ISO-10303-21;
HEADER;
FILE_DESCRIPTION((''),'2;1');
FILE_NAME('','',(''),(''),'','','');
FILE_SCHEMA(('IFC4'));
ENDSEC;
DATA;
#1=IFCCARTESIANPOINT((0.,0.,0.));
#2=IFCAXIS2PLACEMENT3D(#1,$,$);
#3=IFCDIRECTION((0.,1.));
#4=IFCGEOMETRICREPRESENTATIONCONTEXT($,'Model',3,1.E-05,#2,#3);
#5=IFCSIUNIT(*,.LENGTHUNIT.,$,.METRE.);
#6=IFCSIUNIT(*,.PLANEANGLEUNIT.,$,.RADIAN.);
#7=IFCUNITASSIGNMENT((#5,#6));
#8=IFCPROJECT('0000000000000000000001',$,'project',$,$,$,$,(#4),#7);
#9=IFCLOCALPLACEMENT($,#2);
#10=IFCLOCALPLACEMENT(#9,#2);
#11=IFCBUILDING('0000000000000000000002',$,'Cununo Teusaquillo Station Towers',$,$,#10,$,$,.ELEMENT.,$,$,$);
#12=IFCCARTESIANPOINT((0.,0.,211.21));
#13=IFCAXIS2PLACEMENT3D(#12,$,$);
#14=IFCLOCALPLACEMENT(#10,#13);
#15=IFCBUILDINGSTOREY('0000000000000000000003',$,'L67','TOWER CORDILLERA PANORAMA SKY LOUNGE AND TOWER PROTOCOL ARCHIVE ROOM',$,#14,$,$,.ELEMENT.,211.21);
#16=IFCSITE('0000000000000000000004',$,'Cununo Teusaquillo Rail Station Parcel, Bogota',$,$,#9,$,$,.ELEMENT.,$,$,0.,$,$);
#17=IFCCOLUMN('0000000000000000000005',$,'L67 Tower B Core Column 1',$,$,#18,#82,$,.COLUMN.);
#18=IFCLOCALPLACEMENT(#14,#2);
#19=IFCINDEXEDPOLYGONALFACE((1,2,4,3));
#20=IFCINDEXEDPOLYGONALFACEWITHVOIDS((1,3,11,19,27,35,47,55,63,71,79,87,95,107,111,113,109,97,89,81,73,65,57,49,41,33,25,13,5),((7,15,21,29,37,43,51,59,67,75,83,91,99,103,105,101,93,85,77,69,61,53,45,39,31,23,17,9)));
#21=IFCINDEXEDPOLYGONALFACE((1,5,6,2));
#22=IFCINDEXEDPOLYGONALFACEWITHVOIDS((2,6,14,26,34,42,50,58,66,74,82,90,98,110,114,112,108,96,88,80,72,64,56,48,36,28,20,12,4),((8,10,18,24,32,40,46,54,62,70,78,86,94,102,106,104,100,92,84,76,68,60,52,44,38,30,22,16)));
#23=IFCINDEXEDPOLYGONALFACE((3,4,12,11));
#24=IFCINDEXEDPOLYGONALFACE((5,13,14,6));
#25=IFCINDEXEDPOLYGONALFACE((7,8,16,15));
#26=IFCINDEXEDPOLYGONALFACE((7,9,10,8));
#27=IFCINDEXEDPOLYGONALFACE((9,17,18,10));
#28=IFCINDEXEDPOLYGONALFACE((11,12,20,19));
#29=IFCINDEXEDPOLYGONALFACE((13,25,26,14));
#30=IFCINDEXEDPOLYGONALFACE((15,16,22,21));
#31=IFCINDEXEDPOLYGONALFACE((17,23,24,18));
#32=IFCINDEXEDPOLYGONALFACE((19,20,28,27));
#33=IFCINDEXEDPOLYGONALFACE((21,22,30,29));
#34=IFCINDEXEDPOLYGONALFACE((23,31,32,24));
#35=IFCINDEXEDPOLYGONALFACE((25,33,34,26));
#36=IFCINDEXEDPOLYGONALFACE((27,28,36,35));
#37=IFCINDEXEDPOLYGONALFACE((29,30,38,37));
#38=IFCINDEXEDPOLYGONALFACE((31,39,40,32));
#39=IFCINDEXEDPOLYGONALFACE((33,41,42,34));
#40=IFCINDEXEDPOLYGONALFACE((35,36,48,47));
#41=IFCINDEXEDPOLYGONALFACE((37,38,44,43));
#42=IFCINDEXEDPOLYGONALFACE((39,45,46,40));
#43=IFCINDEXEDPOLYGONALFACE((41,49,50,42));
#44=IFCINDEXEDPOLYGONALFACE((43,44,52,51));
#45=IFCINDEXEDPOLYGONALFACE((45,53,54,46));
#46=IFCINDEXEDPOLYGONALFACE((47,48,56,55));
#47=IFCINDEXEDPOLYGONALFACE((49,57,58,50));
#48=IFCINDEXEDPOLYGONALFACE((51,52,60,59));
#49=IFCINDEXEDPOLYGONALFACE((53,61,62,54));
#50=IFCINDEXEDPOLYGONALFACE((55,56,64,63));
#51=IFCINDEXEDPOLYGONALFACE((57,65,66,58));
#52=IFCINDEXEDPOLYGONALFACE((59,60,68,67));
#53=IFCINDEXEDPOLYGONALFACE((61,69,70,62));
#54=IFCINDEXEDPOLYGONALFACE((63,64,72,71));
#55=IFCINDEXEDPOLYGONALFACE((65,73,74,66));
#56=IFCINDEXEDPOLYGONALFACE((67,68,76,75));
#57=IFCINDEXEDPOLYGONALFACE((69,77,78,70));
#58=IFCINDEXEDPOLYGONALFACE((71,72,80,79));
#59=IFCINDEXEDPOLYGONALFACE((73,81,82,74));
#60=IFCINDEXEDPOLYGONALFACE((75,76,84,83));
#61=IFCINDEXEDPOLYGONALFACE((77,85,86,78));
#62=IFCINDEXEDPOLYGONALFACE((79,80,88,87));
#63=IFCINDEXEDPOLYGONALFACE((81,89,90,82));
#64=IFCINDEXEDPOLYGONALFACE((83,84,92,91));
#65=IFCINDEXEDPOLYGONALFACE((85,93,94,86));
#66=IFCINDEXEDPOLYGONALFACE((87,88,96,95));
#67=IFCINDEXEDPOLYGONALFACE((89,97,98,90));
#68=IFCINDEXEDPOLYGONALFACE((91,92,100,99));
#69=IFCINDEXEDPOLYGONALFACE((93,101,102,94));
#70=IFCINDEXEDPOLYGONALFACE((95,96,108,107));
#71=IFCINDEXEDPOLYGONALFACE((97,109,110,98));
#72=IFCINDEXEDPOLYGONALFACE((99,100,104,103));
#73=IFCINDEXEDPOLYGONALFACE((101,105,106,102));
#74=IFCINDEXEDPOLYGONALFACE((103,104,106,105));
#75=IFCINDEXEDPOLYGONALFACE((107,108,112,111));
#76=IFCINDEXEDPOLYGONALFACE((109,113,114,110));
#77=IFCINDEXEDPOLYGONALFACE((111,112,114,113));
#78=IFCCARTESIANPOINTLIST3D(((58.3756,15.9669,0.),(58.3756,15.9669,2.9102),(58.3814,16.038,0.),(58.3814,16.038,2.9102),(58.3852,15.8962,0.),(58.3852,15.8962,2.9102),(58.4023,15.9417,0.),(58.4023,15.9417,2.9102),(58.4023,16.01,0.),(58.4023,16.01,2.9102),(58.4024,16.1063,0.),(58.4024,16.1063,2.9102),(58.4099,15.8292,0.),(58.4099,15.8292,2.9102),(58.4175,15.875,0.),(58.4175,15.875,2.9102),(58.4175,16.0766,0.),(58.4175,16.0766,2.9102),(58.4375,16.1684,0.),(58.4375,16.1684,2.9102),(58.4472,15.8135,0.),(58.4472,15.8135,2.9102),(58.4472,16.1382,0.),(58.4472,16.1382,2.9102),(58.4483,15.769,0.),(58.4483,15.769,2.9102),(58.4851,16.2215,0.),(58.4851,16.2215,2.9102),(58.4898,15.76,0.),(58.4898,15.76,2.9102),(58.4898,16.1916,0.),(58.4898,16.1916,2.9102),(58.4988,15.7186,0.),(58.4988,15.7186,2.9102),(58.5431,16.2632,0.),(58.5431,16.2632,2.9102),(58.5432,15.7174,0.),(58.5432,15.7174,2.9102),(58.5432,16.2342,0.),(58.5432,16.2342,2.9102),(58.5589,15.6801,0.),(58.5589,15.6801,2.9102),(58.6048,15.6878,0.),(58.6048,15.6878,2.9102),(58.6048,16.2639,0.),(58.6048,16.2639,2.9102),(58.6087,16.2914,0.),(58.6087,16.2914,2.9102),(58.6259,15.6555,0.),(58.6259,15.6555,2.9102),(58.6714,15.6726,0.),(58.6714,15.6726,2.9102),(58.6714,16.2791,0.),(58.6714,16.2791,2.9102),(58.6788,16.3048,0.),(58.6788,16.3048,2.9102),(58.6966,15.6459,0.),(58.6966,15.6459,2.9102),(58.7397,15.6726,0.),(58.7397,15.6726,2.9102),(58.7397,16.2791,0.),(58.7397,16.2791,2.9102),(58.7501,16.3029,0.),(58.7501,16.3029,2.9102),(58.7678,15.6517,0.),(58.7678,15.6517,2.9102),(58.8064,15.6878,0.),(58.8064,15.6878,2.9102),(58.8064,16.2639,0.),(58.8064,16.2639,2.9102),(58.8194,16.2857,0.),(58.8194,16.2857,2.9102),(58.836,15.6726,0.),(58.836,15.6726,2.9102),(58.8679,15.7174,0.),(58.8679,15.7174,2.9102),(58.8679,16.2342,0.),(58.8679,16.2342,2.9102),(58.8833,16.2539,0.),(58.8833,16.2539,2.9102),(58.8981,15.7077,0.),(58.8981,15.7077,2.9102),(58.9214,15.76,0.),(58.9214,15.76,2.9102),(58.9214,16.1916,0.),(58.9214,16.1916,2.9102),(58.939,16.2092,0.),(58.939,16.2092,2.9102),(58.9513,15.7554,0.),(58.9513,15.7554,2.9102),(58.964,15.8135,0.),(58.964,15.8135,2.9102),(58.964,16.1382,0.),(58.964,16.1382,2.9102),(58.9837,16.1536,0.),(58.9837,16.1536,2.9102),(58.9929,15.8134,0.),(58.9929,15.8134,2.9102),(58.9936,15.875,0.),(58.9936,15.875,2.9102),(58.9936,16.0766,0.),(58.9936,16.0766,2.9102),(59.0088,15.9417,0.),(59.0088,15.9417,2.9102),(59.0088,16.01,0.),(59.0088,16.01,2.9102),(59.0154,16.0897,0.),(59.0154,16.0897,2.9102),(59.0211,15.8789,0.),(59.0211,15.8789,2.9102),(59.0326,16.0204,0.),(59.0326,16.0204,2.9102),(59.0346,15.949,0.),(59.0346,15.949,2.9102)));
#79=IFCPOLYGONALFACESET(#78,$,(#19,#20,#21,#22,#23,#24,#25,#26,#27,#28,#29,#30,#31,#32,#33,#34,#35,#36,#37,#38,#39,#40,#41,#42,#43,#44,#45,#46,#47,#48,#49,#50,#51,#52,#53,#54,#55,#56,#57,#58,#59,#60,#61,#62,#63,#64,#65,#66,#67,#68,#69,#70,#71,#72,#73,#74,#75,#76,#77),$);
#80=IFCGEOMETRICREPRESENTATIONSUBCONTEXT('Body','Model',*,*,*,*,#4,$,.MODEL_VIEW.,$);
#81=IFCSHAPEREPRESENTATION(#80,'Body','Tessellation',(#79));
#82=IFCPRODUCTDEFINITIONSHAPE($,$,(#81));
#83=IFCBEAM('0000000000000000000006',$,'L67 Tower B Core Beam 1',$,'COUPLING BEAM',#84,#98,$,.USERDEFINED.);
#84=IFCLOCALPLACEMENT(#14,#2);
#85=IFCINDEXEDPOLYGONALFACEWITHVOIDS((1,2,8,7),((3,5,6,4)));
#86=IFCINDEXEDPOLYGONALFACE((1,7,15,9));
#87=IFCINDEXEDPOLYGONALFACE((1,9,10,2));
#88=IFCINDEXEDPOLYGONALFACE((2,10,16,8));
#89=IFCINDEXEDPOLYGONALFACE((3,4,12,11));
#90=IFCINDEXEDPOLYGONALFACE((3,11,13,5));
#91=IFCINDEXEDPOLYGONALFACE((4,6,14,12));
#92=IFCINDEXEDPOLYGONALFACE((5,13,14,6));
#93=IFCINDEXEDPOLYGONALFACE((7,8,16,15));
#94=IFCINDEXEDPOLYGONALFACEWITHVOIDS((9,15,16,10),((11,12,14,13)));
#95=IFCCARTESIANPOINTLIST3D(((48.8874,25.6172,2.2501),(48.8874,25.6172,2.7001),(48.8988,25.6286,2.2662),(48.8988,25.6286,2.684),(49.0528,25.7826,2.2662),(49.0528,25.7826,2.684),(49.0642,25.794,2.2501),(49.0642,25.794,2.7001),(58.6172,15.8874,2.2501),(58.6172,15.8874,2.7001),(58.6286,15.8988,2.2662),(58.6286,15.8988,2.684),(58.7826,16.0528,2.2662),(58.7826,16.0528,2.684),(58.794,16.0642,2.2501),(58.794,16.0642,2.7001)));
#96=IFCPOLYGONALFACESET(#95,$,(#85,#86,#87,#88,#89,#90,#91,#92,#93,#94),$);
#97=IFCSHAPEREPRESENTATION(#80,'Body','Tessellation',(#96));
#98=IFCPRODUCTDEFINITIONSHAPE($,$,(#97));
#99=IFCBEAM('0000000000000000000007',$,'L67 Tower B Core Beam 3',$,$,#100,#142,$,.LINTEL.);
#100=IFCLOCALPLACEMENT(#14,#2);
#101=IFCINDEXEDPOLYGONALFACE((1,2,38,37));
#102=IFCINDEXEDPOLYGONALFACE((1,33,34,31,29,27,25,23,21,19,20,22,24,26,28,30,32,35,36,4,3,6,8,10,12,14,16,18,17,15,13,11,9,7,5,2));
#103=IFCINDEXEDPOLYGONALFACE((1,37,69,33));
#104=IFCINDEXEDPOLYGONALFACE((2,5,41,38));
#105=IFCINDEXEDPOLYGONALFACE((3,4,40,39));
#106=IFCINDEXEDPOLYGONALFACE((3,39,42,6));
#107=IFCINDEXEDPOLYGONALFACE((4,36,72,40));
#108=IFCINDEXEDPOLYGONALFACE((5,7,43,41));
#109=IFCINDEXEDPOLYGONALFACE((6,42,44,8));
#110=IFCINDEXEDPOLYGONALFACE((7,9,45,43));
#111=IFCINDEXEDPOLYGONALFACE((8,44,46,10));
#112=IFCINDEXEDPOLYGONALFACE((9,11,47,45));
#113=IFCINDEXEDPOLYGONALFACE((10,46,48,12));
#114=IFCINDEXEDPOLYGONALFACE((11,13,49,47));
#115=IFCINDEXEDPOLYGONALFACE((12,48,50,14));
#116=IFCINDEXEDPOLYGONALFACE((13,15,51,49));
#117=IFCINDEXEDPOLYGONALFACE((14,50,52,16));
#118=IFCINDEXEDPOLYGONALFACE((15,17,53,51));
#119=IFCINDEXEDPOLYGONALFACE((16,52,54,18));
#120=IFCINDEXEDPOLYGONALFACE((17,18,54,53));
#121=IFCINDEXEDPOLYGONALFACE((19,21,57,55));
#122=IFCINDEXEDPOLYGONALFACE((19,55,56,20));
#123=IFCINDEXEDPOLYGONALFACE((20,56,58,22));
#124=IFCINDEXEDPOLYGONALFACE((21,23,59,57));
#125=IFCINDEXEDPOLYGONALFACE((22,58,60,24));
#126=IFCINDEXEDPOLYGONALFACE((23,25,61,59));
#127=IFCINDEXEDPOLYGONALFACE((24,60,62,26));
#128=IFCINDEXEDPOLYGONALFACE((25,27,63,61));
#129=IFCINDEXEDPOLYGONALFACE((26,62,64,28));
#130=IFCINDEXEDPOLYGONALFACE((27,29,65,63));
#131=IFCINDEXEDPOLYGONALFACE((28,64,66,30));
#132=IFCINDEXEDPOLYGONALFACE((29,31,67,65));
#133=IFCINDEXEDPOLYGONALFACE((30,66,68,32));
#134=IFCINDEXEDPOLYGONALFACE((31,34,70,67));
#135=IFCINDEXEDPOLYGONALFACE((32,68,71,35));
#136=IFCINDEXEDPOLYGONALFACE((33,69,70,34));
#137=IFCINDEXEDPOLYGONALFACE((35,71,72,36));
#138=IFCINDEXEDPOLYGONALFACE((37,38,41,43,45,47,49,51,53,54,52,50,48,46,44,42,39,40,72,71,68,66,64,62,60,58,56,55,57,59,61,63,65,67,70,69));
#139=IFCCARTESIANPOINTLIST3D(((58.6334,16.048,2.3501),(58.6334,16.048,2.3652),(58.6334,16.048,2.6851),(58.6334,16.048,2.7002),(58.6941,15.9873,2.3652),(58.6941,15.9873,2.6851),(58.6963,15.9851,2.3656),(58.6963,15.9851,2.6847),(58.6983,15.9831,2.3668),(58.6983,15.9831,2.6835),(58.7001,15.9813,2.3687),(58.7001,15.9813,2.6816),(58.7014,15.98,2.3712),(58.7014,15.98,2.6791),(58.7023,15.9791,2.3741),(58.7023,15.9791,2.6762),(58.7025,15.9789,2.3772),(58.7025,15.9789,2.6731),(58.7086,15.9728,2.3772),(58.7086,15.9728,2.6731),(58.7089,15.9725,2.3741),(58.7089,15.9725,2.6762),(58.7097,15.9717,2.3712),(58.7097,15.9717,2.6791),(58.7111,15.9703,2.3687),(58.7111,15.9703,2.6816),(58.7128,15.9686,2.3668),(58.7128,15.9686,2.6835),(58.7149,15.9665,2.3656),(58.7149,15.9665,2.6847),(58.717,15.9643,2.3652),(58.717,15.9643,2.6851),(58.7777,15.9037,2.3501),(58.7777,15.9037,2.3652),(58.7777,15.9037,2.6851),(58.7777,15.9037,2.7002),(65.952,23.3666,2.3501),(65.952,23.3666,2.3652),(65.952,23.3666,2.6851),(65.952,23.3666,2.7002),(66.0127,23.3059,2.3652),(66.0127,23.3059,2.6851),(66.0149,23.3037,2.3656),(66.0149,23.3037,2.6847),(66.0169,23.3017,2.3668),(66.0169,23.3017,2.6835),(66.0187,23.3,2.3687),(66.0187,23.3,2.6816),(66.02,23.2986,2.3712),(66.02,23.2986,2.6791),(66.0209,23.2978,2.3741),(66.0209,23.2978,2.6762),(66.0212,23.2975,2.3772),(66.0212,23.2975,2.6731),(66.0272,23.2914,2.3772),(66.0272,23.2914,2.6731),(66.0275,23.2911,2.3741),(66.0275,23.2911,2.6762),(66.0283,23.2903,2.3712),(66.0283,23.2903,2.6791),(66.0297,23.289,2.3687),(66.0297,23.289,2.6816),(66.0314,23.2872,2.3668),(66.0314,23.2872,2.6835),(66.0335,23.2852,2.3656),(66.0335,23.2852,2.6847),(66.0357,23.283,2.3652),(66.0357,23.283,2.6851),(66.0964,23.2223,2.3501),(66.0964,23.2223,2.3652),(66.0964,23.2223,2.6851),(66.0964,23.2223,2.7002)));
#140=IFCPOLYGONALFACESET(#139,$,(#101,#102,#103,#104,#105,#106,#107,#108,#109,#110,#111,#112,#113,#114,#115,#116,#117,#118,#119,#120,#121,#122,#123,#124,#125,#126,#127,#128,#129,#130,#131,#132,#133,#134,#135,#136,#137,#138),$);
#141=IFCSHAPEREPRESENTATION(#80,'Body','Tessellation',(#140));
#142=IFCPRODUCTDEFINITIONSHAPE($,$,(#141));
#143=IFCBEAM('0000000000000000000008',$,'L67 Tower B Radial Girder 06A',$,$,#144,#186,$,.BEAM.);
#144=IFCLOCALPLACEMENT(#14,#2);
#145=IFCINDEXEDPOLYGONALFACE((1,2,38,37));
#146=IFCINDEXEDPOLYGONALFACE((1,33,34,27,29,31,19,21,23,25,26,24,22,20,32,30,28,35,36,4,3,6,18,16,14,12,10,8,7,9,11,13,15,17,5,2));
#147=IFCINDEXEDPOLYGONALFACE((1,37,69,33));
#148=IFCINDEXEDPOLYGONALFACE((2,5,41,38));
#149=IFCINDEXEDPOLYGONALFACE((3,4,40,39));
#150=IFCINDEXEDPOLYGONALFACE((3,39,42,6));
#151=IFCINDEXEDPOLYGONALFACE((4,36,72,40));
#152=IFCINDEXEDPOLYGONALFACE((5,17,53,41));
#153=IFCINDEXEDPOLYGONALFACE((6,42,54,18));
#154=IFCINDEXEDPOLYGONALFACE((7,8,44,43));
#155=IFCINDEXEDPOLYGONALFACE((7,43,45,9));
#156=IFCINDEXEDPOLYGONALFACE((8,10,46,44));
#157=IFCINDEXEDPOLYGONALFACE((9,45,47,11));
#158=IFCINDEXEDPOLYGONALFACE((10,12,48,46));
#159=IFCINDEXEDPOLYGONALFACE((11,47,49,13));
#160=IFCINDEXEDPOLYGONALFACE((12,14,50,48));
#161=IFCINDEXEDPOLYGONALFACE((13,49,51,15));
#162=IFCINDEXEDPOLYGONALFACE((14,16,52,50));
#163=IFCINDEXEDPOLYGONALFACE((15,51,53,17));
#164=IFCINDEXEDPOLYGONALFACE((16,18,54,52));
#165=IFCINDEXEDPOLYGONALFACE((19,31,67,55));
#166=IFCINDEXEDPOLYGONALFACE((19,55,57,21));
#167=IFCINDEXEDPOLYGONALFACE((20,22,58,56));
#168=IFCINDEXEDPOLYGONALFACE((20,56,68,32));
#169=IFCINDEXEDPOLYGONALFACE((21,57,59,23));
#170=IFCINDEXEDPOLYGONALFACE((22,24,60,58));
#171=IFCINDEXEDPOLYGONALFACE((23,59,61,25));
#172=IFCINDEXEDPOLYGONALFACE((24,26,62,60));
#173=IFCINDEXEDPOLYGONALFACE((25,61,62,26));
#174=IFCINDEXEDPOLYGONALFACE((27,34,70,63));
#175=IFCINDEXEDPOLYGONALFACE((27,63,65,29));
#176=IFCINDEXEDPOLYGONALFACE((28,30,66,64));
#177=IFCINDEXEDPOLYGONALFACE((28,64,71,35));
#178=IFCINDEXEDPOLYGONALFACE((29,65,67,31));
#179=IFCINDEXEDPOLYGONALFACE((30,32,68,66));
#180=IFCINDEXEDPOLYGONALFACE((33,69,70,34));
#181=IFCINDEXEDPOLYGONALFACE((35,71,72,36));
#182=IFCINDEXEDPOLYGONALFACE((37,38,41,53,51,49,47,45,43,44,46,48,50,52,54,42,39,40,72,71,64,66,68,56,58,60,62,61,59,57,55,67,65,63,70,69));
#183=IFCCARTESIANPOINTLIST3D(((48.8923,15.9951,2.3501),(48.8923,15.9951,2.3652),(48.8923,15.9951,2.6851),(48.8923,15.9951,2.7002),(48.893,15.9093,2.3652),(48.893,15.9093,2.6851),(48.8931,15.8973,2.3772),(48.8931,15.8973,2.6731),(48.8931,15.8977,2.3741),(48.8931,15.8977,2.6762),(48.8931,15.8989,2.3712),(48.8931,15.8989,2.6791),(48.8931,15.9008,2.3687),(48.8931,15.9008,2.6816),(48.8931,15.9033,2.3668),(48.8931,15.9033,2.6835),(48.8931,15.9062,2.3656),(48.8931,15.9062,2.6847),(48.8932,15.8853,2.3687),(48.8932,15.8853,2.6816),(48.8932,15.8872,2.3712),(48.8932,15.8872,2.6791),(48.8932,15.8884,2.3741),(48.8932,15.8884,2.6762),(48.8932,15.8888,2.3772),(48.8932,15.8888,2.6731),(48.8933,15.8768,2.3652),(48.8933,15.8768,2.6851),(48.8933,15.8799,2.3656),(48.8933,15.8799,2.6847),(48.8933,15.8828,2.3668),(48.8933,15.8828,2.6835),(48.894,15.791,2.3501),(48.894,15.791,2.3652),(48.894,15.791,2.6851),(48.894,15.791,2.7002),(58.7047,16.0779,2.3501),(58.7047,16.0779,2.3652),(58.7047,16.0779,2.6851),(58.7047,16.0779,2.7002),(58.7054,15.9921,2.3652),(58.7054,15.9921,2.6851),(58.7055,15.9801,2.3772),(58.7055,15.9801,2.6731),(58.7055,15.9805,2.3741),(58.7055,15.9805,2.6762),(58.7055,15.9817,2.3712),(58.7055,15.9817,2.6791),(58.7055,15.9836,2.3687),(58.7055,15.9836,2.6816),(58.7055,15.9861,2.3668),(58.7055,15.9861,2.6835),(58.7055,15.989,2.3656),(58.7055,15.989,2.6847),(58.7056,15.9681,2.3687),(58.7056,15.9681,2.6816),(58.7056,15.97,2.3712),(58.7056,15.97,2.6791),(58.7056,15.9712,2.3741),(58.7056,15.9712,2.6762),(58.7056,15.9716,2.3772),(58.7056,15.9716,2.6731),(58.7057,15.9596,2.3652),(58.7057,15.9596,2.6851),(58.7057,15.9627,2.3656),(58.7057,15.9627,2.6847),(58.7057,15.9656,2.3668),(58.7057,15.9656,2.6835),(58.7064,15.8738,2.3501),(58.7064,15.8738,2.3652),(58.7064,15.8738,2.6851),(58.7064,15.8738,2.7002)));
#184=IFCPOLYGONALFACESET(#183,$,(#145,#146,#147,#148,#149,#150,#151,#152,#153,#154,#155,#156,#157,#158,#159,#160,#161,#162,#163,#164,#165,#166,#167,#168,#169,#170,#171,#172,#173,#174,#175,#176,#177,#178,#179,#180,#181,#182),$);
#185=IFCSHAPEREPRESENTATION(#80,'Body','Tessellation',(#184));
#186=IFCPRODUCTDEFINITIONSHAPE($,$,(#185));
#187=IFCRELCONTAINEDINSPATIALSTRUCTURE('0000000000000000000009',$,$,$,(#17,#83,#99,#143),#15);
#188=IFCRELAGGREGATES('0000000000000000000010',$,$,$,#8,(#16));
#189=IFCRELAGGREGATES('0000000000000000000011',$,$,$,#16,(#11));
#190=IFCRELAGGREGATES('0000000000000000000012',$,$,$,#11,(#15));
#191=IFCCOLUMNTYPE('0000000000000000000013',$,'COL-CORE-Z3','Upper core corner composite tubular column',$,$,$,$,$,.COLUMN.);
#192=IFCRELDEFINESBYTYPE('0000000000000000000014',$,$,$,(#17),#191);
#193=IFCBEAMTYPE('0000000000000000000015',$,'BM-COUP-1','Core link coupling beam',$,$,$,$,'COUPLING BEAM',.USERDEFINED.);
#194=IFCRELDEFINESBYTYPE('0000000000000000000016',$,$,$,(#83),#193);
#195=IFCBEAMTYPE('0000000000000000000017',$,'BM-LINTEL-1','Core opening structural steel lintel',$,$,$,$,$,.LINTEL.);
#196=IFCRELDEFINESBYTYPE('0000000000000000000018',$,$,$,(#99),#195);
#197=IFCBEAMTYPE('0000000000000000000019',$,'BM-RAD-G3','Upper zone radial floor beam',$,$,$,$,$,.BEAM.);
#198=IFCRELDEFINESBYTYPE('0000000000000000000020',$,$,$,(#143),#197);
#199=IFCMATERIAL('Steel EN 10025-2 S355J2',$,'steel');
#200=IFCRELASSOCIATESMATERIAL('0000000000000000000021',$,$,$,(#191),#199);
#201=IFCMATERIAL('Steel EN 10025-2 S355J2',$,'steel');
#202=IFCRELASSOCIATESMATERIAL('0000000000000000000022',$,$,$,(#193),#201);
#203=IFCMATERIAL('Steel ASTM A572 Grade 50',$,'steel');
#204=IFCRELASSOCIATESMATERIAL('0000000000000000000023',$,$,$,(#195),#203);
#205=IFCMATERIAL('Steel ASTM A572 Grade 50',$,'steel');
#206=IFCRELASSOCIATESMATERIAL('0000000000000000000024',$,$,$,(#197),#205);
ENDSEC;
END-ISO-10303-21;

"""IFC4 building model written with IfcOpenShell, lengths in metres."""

from ifc_helpers import new_model, si_unit, direction, frame, origin, origin_2d, place, context, subcontext, project, spatial, hollow_rectangle, hollow_circle, i_section, extrude, material, material_profile, profile_set, type_object, element, save


model = new_model("IFC4")

# Units and contexts
model_context = context("Model", 3, precision=1e-05, world=origin(), true_north=direction((0.0, 1.0)))
body_context = subcontext(model_context, "Body", "Model", "MODEL_VIEW")
ifc_project = project(units=[si_unit("LENGTHUNIT", "METRE"), si_unit("PLANEANGLEUNIT", "RADIAN")], contexts=[model_context])

# Site, building, storey
site_placement = place(None, origin())
site = spatial("IfcSite", under=ifc_project, at=site_placement, Name="Cununo Teusaquillo Rail Station Parcel, Bogota", CompositionType="ELEMENT", RefElevation=0.0)
building_placement = place(site_placement, origin())
building = spatial("IfcBuilding", under=site, at=building_placement, Name="Cununo Teusaquillo Station Towers", CompositionType="ELEMENT")
storey_placement = place(building_placement, frame((0.0, 0.0, 211.21)))
storey = spatial("IfcBuildingStorey", under=building, at=storey_placement, Name="L67", Description="TOWER CORDILLERA PANORAMA SKY LOUNGE AND TOWER PROTOCOL ARCHIVE ROOM", CompositionType="ELEMENT", Elevation=211.21)

# Column
ifc_material_1 = material(Name="Steel EN 10025-2 S355J2", Category="steel")
ifc_material_profile_1 = material_profile(ifc_material_1, hollow_circle(Radius=0.3301, WallThickness=0.0249, at=origin_2d()), Name="CHS 660x25")
ifc_profile_set_1 = profile_set([ifc_material_profile_1], Name="Steel EN 10025-2 S355J2")
column_type = type_object("IfcColumnType", Name="COL-CORE-Z3", Description="Upper core corner composite tubular column", PredefinedType="COLUMN", material=ifc_profile_set_1)
column_placement = place(storey_placement, frame((58.7056, 15.9758, 0.0), z_axis=(0.0, 0.0, 1.0), x_axis=(0.707107, 0.707107, 0.0)))
element("IfcColumn", 1, at=column_placement, inside=storey, type_object=column_type, Name="L67 Tower B Core Column 1", PredefinedType="COLUMN", context=body_context, shape_type="SweptSolid", body=[
    extrude(hollow_circle(Radius=0.3301, WallThickness=0.0249, at=origin_2d()), origin(), (0.0, 0.0, 1.0), 2.9102),
])

# Beams
ifc_material_2 = material(Name="Steel EN 10025-2 S355J2", Category="steel")
ifc_material_profile_2 = material_profile(ifc_material_2, hollow_rectangle(XDim=0.25, YDim=0.45, WallThickness=0.0161, at=origin_2d()), Name="RHS 450x250x16")
ifc_profile_set_2 = profile_set([ifc_material_profile_2], Name="Steel EN 10025-2 S355J2")
beam_type_1 = type_object("IfcBeamType", Name="BM-COUP-1", Description="Core link coupling beam", ElementType="COUPLING BEAM", PredefinedType="USERDEFINED", material=ifc_profile_set_2)
beam_1_placement = place(storey_placement, frame((58.7056, 15.9758, 2.4751), z_axis=(-0.707107, 0.707107, 0.0), x_axis=(-0.707107, -0.707107, 0.0)))
element("IfcBeam", 2, at=beam_1_placement, inside=storey, type_object=beam_type_1, Name="L67 Tower B Core Beam 1", ObjectType="COUPLING BEAM", PredefinedType="USERDEFINED", context=body_context, shape_type="SweptSolid", body=[
    extrude(hollow_rectangle(XDim=0.25, YDim=0.45, WallThickness=0.0161, at=origin_2d()), origin(), (0.0, 0.0, 1.0), 13.76),
])
ifc_material_3 = material(Name="Steel ASTM A572 Grade 50", Category="steel")
ifc_material_profile_3 = material_profile(ifc_material_3, i_section(OverallWidth=0.2041, OverallDepth=0.3501, WebThickness=0.0085, FlangeThickness=0.0151, FilletRadius=0.012, at=origin_2d()), Name="W14X48")
ifc_profile_set_3 = profile_set([ifc_material_profile_3], Name="Steel ASTM A572 Grade 50")
beam_type_2 = type_object("IfcBeamType", Name="BM-LINTEL-1", Description="Core opening structural steel lintel", PredefinedType="LINTEL", material=ifc_profile_set_3)
beam_2_placement = place(storey_placement, frame((58.7056, 15.9758, 2.5251), z_axis=(0.707107, 0.707107, 0.0), x_axis=(-0.707107, 0.707107, 0.0)))
element("IfcBeam", 3, at=beam_2_placement, inside=storey, type_object=beam_type_2, Name="L67 Tower B Core Beam 3", PredefinedType="LINTEL", context=body_context, shape_type="SweptSolid", body=[
    extrude(i_section(OverallWidth=0.2041, OverallDepth=0.3501, WebThickness=0.0085, FlangeThickness=0.0151, FilletRadius=0.012, at=origin_2d()), origin(), (0.0, 0.0, 1.0), 10.3501),
])
ifc_material_4 = material(Name="Steel ASTM A572 Grade 50", Category="steel")
ifc_material_profile_4 = material_profile(ifc_material_4, i_section(OverallWidth=0.2041, OverallDepth=0.3501, WebThickness=0.0085, FlangeThickness=0.0151, FilletRadius=0.012, at=origin_2d()), Name="W14X48")
ifc_profile_set_4 = profile_set([ifc_material_profile_4], Name="Steel ASTM A572 Grade 50")
beam_type_3 = type_object("IfcBeamType", Name="BM-RAD-G3", Description="Upper zone radial floor beam", PredefinedType="BEAM", material=ifc_profile_set_4)
beam_3_placement = place(storey_placement, frame((58.7056, 15.9758, 2.5251), z_axis=(-0.999964, -0.008434, 0.0), x_axis=(0.008434, -0.999964, 0.0)))
element("IfcBeam", 4, at=beam_3_placement, inside=storey, type_object=beam_type_3, Name="L67 Tower B Radial Girder 06A", PredefinedType="BEAM", context=body_context, shape_type="SweptSolid", body=[
    extrude(i_section(OverallWidth=0.2041, OverallDepth=0.3501, WebThickness=0.0085, FlangeThickness=0.0151, FilletRadius=0.012, at=origin_2d()), origin(), (0.0, 0.0, 1.0), 9.8127),
])

save(model, "model.ifc")
